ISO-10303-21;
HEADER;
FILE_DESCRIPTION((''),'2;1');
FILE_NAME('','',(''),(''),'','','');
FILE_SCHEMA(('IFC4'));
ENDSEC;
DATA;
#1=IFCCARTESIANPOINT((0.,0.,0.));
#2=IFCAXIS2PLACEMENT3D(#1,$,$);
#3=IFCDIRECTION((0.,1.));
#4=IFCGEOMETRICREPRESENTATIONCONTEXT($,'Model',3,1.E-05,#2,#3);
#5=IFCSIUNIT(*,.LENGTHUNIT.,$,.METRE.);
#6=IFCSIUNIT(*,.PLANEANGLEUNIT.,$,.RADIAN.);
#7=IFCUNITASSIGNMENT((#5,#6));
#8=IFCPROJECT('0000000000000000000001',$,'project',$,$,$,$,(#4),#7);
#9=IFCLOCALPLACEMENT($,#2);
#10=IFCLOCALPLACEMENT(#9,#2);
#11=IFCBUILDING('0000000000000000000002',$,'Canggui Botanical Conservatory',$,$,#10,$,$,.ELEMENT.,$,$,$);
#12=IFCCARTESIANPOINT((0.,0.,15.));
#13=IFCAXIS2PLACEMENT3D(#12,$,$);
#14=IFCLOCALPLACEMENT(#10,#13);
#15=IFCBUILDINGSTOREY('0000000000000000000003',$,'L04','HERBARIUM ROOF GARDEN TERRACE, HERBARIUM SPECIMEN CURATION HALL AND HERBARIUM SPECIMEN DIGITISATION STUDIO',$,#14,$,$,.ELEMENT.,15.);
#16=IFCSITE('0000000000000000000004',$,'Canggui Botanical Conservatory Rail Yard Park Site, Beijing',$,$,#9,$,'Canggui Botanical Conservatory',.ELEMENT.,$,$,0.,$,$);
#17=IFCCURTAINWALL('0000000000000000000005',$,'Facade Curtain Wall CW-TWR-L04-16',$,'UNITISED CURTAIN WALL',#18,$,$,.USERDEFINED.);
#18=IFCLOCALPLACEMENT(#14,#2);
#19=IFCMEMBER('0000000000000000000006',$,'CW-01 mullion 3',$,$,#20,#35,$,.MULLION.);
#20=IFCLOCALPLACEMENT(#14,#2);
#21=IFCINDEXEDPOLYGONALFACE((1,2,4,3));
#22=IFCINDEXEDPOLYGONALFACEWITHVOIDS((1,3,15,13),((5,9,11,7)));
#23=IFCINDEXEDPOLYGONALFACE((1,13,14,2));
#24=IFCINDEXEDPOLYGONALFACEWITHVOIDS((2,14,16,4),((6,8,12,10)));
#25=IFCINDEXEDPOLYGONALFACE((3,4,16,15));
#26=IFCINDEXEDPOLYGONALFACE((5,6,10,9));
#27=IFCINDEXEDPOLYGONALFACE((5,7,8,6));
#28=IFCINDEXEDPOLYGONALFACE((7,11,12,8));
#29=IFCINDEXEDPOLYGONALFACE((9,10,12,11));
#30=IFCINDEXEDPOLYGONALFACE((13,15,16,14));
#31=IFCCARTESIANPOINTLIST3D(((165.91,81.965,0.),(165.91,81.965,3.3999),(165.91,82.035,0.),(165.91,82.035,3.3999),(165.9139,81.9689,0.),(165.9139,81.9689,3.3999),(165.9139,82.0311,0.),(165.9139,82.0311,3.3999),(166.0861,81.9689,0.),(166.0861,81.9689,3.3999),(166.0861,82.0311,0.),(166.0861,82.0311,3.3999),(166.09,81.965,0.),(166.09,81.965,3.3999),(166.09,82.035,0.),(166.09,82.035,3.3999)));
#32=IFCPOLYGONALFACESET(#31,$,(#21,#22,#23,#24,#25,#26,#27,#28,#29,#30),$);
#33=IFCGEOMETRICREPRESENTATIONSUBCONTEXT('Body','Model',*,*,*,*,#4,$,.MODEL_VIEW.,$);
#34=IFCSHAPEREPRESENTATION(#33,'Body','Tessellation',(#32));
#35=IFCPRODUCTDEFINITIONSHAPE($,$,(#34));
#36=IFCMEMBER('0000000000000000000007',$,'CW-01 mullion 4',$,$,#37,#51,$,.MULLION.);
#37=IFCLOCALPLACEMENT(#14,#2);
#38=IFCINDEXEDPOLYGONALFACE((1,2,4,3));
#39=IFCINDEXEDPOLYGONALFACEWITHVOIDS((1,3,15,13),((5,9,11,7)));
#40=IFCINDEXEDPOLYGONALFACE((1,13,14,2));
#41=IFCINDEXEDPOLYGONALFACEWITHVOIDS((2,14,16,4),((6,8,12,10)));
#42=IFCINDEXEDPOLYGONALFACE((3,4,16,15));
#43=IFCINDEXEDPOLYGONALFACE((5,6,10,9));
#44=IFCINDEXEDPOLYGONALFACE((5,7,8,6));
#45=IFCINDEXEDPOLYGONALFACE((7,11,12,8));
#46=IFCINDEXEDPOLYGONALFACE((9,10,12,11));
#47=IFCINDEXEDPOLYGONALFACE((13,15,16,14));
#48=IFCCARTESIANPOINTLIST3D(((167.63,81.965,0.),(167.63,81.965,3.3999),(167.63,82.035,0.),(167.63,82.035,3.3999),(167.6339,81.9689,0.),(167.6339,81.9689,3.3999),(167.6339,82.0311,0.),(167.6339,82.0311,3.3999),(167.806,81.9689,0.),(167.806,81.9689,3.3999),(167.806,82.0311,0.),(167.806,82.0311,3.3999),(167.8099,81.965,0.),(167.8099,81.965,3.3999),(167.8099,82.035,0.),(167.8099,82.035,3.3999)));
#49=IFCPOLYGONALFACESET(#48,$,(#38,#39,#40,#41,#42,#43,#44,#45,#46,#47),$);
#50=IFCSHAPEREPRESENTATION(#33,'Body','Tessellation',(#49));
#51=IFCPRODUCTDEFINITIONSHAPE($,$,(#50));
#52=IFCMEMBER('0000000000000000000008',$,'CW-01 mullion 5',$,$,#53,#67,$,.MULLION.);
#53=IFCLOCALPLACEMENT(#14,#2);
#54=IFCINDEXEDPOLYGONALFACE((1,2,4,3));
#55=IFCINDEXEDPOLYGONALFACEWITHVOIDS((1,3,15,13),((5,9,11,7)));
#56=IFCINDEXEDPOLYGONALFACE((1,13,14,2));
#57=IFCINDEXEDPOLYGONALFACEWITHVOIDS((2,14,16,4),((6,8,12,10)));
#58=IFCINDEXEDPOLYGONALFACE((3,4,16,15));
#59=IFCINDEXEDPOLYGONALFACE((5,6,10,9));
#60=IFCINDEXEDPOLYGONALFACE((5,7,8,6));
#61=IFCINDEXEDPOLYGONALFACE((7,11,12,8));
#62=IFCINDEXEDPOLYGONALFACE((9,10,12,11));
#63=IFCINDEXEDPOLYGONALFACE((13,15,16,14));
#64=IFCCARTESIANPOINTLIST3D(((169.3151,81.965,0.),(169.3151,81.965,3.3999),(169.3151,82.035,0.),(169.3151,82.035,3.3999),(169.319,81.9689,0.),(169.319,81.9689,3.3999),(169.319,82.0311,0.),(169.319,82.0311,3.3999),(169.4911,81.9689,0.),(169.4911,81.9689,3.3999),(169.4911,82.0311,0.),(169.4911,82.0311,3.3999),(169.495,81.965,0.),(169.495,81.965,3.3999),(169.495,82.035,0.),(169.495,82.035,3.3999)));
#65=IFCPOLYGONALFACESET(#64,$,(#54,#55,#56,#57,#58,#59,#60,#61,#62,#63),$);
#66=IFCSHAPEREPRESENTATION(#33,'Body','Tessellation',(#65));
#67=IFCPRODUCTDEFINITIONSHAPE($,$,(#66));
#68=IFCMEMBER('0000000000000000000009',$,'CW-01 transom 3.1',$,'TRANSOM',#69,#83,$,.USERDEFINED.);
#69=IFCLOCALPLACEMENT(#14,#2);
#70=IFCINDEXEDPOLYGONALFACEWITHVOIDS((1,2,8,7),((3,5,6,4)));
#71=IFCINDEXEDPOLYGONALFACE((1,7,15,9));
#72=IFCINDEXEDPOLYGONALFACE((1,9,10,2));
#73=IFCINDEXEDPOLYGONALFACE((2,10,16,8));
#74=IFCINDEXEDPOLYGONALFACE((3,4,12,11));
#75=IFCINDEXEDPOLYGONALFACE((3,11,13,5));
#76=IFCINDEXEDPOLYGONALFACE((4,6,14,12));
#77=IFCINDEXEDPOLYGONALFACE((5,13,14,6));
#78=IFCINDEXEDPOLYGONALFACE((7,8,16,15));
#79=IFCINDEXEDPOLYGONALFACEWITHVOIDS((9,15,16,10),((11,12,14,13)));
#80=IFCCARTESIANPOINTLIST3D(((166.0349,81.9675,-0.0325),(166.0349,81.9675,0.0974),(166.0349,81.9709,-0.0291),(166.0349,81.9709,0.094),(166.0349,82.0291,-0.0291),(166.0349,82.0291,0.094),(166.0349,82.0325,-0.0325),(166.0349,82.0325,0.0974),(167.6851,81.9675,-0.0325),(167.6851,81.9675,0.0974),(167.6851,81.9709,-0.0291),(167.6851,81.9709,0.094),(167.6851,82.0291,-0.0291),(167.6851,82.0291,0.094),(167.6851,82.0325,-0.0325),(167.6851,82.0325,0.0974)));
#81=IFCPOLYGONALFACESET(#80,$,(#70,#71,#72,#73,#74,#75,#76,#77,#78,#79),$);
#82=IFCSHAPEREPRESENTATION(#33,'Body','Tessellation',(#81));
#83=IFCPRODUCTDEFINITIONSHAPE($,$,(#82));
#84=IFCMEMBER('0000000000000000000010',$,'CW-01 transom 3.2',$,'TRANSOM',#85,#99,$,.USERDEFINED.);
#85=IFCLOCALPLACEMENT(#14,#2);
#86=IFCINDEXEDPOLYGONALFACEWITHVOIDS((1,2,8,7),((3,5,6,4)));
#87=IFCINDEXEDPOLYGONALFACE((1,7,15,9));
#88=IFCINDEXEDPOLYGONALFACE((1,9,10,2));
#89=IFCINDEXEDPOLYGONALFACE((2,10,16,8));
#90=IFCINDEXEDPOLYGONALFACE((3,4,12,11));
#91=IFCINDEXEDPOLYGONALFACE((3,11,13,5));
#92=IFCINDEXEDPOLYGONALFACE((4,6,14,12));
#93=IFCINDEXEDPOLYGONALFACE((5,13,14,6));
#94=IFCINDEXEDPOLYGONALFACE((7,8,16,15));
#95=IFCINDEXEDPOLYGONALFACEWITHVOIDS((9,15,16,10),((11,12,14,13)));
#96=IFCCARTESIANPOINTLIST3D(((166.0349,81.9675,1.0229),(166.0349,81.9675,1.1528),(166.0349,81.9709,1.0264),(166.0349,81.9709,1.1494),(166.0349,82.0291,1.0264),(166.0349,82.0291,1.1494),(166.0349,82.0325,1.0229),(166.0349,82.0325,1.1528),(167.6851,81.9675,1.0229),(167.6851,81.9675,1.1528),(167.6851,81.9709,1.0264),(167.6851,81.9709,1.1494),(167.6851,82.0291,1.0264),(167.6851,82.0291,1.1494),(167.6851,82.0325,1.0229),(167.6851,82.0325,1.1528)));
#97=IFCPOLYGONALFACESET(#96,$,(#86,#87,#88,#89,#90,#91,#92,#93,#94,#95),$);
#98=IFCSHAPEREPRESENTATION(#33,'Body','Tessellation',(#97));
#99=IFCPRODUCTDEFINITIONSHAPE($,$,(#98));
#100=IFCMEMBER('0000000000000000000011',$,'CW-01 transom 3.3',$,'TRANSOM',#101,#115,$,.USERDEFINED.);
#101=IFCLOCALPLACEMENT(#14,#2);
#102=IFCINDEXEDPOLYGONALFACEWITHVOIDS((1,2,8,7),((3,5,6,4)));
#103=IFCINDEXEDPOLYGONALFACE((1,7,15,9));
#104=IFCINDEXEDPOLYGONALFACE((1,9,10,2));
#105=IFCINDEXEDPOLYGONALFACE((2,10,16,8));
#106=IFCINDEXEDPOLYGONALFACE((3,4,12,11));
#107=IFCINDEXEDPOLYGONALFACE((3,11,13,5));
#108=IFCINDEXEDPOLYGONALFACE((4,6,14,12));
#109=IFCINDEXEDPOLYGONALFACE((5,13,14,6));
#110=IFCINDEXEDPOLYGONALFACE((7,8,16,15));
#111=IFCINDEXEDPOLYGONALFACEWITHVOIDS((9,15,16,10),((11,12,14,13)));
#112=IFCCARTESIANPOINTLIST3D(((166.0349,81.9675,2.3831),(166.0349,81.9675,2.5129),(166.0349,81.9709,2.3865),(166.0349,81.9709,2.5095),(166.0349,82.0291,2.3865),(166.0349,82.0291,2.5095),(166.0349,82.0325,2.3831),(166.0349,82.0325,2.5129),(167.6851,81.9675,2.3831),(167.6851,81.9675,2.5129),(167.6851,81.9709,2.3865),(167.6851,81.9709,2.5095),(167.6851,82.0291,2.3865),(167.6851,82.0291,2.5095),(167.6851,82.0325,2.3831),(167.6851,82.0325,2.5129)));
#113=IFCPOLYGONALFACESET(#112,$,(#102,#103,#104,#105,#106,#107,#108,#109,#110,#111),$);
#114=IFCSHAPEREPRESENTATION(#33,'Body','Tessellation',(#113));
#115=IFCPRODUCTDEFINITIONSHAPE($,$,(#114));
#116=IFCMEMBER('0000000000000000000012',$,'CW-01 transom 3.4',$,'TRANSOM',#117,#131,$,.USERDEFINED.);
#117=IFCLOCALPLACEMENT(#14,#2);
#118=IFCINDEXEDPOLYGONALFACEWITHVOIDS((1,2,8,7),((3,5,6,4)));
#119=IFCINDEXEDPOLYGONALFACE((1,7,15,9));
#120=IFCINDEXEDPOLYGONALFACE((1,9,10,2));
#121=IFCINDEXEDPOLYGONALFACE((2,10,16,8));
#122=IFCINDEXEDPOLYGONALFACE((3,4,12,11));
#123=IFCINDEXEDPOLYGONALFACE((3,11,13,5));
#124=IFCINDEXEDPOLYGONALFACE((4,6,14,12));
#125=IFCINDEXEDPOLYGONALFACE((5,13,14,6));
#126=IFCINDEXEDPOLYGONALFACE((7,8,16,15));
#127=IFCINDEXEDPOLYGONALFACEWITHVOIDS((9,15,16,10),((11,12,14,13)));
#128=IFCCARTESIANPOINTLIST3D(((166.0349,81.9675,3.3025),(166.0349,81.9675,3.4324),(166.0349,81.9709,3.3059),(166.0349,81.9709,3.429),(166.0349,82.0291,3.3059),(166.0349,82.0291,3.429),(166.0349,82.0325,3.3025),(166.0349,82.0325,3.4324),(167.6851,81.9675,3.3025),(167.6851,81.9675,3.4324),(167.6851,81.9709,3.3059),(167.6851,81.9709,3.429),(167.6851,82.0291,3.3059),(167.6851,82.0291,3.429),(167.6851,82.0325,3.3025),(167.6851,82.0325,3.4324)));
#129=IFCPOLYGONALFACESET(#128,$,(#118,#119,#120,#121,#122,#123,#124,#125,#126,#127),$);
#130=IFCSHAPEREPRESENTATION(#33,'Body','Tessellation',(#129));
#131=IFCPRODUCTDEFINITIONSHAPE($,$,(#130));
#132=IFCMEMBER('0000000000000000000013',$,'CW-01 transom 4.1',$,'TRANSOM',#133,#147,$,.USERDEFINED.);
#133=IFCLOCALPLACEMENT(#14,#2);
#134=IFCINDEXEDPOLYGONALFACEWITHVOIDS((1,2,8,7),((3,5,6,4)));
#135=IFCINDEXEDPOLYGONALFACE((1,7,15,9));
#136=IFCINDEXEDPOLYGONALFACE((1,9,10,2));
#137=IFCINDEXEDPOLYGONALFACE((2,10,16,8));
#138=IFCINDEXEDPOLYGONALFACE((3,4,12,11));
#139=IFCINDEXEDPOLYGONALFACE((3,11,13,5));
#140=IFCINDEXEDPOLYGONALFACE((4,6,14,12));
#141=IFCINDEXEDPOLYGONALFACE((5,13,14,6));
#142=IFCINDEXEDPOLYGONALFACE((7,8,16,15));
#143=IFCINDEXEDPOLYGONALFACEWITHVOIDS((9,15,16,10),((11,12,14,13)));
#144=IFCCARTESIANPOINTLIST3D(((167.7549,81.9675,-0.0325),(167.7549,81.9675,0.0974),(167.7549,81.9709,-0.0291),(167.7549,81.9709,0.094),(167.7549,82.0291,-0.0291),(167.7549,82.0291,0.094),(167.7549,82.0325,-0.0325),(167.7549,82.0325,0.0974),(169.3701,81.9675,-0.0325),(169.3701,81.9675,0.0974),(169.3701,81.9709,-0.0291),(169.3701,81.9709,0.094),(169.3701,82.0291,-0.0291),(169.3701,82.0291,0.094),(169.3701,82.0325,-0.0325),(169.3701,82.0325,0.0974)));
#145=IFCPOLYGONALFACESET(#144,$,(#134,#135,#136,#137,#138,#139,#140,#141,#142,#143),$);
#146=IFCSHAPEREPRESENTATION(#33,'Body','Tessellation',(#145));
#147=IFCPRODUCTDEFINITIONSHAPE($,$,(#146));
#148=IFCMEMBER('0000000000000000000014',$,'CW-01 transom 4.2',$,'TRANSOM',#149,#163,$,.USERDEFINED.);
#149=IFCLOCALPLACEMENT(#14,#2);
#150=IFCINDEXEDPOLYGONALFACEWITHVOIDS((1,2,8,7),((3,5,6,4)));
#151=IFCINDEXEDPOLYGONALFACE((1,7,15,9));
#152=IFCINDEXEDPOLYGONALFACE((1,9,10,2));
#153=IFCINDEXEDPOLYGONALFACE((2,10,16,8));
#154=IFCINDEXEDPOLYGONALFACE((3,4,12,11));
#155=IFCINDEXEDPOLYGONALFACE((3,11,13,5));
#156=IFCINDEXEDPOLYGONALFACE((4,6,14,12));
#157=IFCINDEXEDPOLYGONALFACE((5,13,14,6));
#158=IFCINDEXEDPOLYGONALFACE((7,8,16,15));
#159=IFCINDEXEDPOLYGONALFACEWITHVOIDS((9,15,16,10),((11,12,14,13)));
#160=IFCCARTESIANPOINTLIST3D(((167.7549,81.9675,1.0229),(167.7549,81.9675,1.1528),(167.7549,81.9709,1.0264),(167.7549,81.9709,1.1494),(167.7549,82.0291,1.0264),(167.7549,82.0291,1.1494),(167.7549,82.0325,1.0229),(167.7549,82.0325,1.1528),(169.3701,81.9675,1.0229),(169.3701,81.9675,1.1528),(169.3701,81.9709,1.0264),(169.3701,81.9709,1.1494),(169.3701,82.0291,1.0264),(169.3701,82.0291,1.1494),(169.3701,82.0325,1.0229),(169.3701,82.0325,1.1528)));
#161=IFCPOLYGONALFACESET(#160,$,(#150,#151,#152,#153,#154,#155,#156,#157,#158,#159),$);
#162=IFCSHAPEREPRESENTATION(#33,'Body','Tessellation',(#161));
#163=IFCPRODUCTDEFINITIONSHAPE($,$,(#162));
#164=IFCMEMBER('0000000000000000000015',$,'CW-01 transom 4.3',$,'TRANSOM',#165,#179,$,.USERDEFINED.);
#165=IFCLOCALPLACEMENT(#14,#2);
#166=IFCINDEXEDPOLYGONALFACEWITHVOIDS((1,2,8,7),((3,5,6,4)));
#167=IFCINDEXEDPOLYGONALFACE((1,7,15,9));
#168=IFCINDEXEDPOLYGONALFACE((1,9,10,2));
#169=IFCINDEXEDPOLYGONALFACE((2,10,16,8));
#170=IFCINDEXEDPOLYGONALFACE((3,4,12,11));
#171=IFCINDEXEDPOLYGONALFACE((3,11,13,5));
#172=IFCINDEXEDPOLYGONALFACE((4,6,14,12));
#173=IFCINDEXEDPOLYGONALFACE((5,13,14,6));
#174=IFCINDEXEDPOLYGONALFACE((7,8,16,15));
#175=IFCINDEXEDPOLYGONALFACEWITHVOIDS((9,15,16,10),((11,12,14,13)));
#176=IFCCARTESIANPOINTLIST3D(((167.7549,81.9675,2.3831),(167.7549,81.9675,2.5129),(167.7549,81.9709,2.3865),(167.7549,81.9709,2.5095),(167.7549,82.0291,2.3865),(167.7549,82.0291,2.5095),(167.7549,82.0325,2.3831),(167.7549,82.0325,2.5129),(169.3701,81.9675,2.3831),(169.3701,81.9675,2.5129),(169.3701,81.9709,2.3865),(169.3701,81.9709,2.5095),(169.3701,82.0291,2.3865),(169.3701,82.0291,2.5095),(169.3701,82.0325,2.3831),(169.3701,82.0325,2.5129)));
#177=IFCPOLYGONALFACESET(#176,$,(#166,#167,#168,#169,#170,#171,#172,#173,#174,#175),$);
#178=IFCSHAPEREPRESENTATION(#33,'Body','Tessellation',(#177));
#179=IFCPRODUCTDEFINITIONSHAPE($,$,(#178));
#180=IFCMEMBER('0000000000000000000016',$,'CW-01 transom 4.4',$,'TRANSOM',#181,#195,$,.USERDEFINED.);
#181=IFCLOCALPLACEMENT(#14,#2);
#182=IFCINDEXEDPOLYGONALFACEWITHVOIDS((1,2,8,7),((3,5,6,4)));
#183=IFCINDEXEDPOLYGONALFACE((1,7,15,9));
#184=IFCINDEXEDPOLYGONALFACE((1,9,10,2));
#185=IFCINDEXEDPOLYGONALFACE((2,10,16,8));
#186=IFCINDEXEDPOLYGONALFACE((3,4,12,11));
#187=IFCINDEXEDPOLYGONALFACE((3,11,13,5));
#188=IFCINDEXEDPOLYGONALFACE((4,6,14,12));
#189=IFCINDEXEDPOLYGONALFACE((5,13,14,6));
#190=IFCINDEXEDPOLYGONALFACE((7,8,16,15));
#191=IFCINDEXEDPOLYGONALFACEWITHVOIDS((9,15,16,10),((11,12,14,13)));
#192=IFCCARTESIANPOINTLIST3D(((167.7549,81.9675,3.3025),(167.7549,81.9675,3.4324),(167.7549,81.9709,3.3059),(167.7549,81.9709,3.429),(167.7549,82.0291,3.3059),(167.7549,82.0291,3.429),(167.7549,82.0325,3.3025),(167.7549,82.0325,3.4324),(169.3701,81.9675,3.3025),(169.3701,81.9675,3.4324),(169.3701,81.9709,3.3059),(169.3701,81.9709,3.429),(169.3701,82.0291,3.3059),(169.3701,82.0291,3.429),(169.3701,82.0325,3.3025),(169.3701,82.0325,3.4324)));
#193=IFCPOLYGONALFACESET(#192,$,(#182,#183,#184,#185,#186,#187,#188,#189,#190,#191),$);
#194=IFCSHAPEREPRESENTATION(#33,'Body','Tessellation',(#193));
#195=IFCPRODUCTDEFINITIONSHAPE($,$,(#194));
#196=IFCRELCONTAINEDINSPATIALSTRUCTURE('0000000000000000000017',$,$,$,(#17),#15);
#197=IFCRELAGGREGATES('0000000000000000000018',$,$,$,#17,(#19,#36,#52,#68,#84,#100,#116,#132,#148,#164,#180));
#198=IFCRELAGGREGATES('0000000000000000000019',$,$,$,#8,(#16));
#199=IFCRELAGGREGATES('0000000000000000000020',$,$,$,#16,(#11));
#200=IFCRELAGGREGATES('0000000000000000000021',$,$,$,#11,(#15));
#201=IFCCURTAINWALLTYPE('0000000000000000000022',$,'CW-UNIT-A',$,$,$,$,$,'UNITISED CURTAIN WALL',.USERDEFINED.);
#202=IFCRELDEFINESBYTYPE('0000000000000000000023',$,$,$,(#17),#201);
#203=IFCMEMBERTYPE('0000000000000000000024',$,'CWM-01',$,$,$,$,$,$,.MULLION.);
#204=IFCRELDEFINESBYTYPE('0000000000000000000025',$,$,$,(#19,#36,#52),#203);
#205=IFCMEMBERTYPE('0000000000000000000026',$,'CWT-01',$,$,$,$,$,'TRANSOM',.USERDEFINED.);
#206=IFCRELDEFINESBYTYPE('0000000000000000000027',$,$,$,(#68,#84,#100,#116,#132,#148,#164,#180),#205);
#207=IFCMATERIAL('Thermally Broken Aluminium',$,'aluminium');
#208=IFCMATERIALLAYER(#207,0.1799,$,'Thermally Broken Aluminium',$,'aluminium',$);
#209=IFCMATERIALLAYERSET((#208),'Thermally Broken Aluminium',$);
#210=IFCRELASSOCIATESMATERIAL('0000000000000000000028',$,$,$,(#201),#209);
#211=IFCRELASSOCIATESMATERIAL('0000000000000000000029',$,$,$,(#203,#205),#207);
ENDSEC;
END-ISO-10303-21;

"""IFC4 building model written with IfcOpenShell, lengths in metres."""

from ifc_helpers import new_model, si_unit, direction, frame, origin, origin_2d, place, context, subcontext, project, spatial, hollow_rectangle, extrude, material, layer, layer_set, material_profile, profile_set, type_object, element, aggregate, save


model = new_model("IFC4")

# Units and contexts
model_context = context("Model", 3, precision=1e-05, world=origin(), true_north=direction((0.0, 1.0)))
body_context = subcontext(model_context, "Body", "Model", "MODEL_VIEW")
ifc_project = project(units=[si_unit("LENGTHUNIT", "METRE"), si_unit("PLANEANGLEUNIT", "RADIAN")], contexts=[model_context])

# Site, building, storey
site_placement = place(None, origin())
site = spatial("IfcSite", under=ifc_project, at=site_placement, Name="Canggui Botanical Conservatory Rail Yard Park Site, Beijing", LongName="Canggui Botanical Conservatory", CompositionType="ELEMENT", RefElevation=0.0)
building_placement = place(site_placement, origin())
building = spatial("IfcBuilding", under=site, at=building_placement, Name="Canggui Botanical Conservatory", CompositionType="ELEMENT")
storey_placement = place(building_placement, frame((0.0, 0.0, 15.0)))
storey = spatial("IfcBuildingStorey", under=building, at=storey_placement, Name="L04", Description="HERBARIUM ROOF GARDEN TERRACE, HERBARIUM SPECIMEN CURATION HALL AND HERBARIUM SPECIMEN DIGITISATION STUDIO", CompositionType="ELEMENT", Elevation=15.0)

# Curtain wall, members
ifc_material_1 = material(Name="Thermally Broken Aluminium", Category="aluminium")
ifc_layer_1 = layer(ifc_material_1, 0.1799, Name="Thermally Broken Aluminium", Category="aluminium")
ifc_layer_set_1 = layer_set([ifc_layer_1], Name="Thermally Broken Aluminium")
curtain_wall_type = type_object("IfcCurtainWallType", Name="CW-UNIT-A", ElementType="UNITISED CURTAIN WALL", PredefinedType="USERDEFINED", material=ifc_layer_set_1)
curtain_wall_placement = place(storey_placement, origin())
curtain_wall = element("IfcCurtainWall", 1, at=curtain_wall_placement, inside=storey, type_object=curtain_wall_type, Name="Facade Curtain Wall CW-TWR-L04-16", ObjectType="UNITISED CURTAIN WALL", PredefinedType="USERDEFINED")
ifc_material_profile_1 = material_profile(ifc_material_1, hollow_rectangle(XDim=0.0701, YDim=0.1799, WallThickness=0.0039, at=origin_2d()), Name="CWM 70x180x4")
ifc_profile_set_1 = profile_set([ifc_material_profile_1], Name="Thermally Broken Aluminium")
member_type_1 = type_object("IfcMemberType", Name="CWM-01", PredefinedType="MULLION", material=ifc_profile_set_1)
member_1_placement = place(storey_placement, frame((166.0, 82.0, 0.0), z_axis=(0.0, 0.0, 1.0), x_axis=(0.0, 1.0, 0.0)))
member_1 = element("IfcMember", 2, at=member_1_placement, type_object=member_type_1, Name="CW-01 mullion 3", PredefinedType="MULLION", context=body_context, shape_type="SweptSolid", body=[
    extrude(hollow_rectangle(XDim=0.0701, YDim=0.1799, WallThickness=0.0039, at=origin_2d()), origin(), (0.0, 0.0, 1.0), 3.3999),
])
member_2_placement = place(storey_placement, frame((167.72, 82.0, 0.0), z_axis=(0.0, 0.0, 1.0), x_axis=(0.0, 1.0, 0.0)))
member_2 = element("IfcMember", 3, at=member_2_placement, type_object=member_type_1, Name="CW-01 mullion 4", PredefinedType="MULLION", context=body_context, shape_type="SweptSolid", body=[
    extrude(hollow_rectangle(XDim=0.0701, YDim=0.1799, WallThickness=0.0039, at=origin_2d()), origin(), (0.0, 0.0, 1.0), 3.3999),
])
member_3_placement = place(storey_placement, frame((169.405, 82.0, 0.0), z_axis=(0.0, 0.0, 1.0), x_axis=(0.0, 1.0, 0.0)))
member_3 = element("IfcMember", 4, at=member_3_placement, type_object=member_type_1, Name="CW-01 mullion 5", PredefinedType="MULLION", context=body_context, shape_type="SweptSolid", body=[
    extrude(hollow_rectangle(XDim=0.0701, YDim=0.1799, WallThickness=0.0039, at=origin_2d()), origin(), (0.0, 0.0, 1.0), 3.3999),
])
ifc_material_profile_2 = material_profile(ifc_material_1, hollow_rectangle(XDim=0.0649, YDim=0.1299, WallThickness=0.0034, at=origin_2d()), Name="CWT 65x130x3.5")
ifc_profile_set_2 = profile_set([ifc_material_profile_2], Name="Thermally Broken Aluminium")
member_type_2 = type_object("IfcMemberType", Name="CWT-01", ElementType="TRANSOM", PredefinedType="USERDEFINED", material=ifc_profile_set_2)
member_4_placement = place(storey_placement, frame((166.0349, 82.0, 0.0325), z_axis=(1.0, 0.0, 0.0), x_axis=(0.0, 1.0, 0.0)))
member_4 = element("IfcMember", 5, at=member_4_placement, type_object=member_type_2, Name="CW-01 transom 3.1", ObjectType="TRANSOM", PredefinedType="USERDEFINED", context=body_context, shape_type="SweptSolid", body=[
    extrude(hollow_rectangle(XDim=0.0649, YDim=0.1299, WallThickness=0.0034, at=origin_2d()), origin(), (0.0, 0.0, 1.0), 1.6501),
])
member_5_placement = place(storey_placement, frame((166.0349, 82.0, 1.0879), z_axis=(1.0, 0.0, 0.0), x_axis=(0.0, 1.0, 0.0)))
member_5 = element("IfcMember", 6, at=member_5_placement, type_object=member_type_2, Name="CW-01 transom 3.2", ObjectType="TRANSOM", PredefinedType="USERDEFINED", context=body_context, shape_type="SweptSolid", body=[
    extrude(hollow_rectangle(XDim=0.0649, YDim=0.1299, WallThickness=0.0034, at=origin_2d()), origin(), (0.0, 0.0, 1.0), 1.6501),
])
member_6_placement = place(storey_placement, frame((166.0349, 82.0, 2.448), z_axis=(1.0, 0.0, 0.0), x_axis=(0.0, 1.0, 0.0)))
member_6 = element("IfcMember", 7, at=member_6_placement, type_object=member_type_2, Name="CW-01 transom 3.3", ObjectType="TRANSOM", PredefinedType="USERDEFINED", context=body_context, shape_type="SweptSolid", body=[
    extrude(hollow_rectangle(XDim=0.0649, YDim=0.1299, WallThickness=0.0034, at=origin_2d()), origin(), (0.0, 0.0, 1.0), 1.6501),
])
member_7_placement = place(storey_placement, frame((166.0349, 82.0, 3.3674), z_axis=(1.0, 0.0, 0.0), x_axis=(0.0, 1.0, 0.0)))
member_7 = element("IfcMember", 8, at=member_7_placement, type_object=member_type_2, Name="CW-01 transom 3.4", ObjectType="TRANSOM", PredefinedType="USERDEFINED", context=body_context, shape_type="SweptSolid", body=[
    extrude(hollow_rectangle(XDim=0.0649, YDim=0.1299, WallThickness=0.0034, at=origin_2d()), origin(), (0.0, 0.0, 1.0), 1.6501),
])
member_8_placement = place(storey_placement, frame((167.7549, 82.0, 0.0325), z_axis=(1.0, 0.0, 0.0), x_axis=(0.0, 1.0, 0.0)))
member_8 = element("IfcMember", 9, at=member_8_placement, type_object=member_type_2, Name="CW-01 transom 4.1", ObjectType="TRANSOM", PredefinedType="USERDEFINED", context=body_context, shape_type="SweptSolid", body=[
    extrude(hollow_rectangle(XDim=0.0649, YDim=0.1299, WallThickness=0.0034, at=origin_2d()), origin(), (0.0, 0.0, 1.0), 1.6152),
])
member_9_placement = place(storey_placement, frame((167.7549, 82.0, 1.0879), z_axis=(1.0, 0.0, 0.0), x_axis=(0.0, 1.0, 0.0)))
member_9 = element("IfcMember", 10, at=member_9_placement, type_object=member_type_2, Name="CW-01 transom 4.2", ObjectType="TRANSOM", PredefinedType="USERDEFINED", context=body_context, shape_type="SweptSolid", body=[
    extrude(hollow_rectangle(XDim=0.0649, YDim=0.1299, WallThickness=0.0034, at=origin_2d()), origin(), (0.0, 0.0, 1.0), 1.6152),
])
member_10_placement = place(storey_placement, frame((167.7549, 82.0, 2.448), z_axis=(1.0, 0.0, 0.0), x_axis=(0.0, 1.0, 0.0)))
member_10 = element("IfcMember", 11, at=member_10_placement, type_object=member_type_2, Name="CW-01 transom 4.3", ObjectType="TRANSOM", PredefinedType="USERDEFINED", context=body_context, shape_type="SweptSolid", body=[
    extrude(hollow_rectangle(XDim=0.0649, YDim=0.1299, WallThickness=0.0034, at=origin_2d()), origin(), (0.0, 0.0, 1.0), 1.6152),
])
member_11_placement = place(storey_placement, frame((167.7549, 82.0, 3.3674), z_axis=(1.0, 0.0, 0.0), x_axis=(0.0, 1.0, 0.0)))
member_11 = element("IfcMember", 12, at=member_11_placement, type_object=member_type_2, Name="CW-01 transom 4.4", ObjectType="TRANSOM", PredefinedType="USERDEFINED", context=body_context, shape_type="SweptSolid", body=[
    extrude(hollow_rectangle(XDim=0.0649, YDim=0.1299, WallThickness=0.0034, at=origin_2d()), origin(), (0.0, 0.0, 1.0), 1.6152),
])
aggregate(curtain_wall, [member_1, member_2, member_3, member_4, member_5, member_6, member_7, member_8, member_9, member_10, member_11])

save(model, "model.ifc")
